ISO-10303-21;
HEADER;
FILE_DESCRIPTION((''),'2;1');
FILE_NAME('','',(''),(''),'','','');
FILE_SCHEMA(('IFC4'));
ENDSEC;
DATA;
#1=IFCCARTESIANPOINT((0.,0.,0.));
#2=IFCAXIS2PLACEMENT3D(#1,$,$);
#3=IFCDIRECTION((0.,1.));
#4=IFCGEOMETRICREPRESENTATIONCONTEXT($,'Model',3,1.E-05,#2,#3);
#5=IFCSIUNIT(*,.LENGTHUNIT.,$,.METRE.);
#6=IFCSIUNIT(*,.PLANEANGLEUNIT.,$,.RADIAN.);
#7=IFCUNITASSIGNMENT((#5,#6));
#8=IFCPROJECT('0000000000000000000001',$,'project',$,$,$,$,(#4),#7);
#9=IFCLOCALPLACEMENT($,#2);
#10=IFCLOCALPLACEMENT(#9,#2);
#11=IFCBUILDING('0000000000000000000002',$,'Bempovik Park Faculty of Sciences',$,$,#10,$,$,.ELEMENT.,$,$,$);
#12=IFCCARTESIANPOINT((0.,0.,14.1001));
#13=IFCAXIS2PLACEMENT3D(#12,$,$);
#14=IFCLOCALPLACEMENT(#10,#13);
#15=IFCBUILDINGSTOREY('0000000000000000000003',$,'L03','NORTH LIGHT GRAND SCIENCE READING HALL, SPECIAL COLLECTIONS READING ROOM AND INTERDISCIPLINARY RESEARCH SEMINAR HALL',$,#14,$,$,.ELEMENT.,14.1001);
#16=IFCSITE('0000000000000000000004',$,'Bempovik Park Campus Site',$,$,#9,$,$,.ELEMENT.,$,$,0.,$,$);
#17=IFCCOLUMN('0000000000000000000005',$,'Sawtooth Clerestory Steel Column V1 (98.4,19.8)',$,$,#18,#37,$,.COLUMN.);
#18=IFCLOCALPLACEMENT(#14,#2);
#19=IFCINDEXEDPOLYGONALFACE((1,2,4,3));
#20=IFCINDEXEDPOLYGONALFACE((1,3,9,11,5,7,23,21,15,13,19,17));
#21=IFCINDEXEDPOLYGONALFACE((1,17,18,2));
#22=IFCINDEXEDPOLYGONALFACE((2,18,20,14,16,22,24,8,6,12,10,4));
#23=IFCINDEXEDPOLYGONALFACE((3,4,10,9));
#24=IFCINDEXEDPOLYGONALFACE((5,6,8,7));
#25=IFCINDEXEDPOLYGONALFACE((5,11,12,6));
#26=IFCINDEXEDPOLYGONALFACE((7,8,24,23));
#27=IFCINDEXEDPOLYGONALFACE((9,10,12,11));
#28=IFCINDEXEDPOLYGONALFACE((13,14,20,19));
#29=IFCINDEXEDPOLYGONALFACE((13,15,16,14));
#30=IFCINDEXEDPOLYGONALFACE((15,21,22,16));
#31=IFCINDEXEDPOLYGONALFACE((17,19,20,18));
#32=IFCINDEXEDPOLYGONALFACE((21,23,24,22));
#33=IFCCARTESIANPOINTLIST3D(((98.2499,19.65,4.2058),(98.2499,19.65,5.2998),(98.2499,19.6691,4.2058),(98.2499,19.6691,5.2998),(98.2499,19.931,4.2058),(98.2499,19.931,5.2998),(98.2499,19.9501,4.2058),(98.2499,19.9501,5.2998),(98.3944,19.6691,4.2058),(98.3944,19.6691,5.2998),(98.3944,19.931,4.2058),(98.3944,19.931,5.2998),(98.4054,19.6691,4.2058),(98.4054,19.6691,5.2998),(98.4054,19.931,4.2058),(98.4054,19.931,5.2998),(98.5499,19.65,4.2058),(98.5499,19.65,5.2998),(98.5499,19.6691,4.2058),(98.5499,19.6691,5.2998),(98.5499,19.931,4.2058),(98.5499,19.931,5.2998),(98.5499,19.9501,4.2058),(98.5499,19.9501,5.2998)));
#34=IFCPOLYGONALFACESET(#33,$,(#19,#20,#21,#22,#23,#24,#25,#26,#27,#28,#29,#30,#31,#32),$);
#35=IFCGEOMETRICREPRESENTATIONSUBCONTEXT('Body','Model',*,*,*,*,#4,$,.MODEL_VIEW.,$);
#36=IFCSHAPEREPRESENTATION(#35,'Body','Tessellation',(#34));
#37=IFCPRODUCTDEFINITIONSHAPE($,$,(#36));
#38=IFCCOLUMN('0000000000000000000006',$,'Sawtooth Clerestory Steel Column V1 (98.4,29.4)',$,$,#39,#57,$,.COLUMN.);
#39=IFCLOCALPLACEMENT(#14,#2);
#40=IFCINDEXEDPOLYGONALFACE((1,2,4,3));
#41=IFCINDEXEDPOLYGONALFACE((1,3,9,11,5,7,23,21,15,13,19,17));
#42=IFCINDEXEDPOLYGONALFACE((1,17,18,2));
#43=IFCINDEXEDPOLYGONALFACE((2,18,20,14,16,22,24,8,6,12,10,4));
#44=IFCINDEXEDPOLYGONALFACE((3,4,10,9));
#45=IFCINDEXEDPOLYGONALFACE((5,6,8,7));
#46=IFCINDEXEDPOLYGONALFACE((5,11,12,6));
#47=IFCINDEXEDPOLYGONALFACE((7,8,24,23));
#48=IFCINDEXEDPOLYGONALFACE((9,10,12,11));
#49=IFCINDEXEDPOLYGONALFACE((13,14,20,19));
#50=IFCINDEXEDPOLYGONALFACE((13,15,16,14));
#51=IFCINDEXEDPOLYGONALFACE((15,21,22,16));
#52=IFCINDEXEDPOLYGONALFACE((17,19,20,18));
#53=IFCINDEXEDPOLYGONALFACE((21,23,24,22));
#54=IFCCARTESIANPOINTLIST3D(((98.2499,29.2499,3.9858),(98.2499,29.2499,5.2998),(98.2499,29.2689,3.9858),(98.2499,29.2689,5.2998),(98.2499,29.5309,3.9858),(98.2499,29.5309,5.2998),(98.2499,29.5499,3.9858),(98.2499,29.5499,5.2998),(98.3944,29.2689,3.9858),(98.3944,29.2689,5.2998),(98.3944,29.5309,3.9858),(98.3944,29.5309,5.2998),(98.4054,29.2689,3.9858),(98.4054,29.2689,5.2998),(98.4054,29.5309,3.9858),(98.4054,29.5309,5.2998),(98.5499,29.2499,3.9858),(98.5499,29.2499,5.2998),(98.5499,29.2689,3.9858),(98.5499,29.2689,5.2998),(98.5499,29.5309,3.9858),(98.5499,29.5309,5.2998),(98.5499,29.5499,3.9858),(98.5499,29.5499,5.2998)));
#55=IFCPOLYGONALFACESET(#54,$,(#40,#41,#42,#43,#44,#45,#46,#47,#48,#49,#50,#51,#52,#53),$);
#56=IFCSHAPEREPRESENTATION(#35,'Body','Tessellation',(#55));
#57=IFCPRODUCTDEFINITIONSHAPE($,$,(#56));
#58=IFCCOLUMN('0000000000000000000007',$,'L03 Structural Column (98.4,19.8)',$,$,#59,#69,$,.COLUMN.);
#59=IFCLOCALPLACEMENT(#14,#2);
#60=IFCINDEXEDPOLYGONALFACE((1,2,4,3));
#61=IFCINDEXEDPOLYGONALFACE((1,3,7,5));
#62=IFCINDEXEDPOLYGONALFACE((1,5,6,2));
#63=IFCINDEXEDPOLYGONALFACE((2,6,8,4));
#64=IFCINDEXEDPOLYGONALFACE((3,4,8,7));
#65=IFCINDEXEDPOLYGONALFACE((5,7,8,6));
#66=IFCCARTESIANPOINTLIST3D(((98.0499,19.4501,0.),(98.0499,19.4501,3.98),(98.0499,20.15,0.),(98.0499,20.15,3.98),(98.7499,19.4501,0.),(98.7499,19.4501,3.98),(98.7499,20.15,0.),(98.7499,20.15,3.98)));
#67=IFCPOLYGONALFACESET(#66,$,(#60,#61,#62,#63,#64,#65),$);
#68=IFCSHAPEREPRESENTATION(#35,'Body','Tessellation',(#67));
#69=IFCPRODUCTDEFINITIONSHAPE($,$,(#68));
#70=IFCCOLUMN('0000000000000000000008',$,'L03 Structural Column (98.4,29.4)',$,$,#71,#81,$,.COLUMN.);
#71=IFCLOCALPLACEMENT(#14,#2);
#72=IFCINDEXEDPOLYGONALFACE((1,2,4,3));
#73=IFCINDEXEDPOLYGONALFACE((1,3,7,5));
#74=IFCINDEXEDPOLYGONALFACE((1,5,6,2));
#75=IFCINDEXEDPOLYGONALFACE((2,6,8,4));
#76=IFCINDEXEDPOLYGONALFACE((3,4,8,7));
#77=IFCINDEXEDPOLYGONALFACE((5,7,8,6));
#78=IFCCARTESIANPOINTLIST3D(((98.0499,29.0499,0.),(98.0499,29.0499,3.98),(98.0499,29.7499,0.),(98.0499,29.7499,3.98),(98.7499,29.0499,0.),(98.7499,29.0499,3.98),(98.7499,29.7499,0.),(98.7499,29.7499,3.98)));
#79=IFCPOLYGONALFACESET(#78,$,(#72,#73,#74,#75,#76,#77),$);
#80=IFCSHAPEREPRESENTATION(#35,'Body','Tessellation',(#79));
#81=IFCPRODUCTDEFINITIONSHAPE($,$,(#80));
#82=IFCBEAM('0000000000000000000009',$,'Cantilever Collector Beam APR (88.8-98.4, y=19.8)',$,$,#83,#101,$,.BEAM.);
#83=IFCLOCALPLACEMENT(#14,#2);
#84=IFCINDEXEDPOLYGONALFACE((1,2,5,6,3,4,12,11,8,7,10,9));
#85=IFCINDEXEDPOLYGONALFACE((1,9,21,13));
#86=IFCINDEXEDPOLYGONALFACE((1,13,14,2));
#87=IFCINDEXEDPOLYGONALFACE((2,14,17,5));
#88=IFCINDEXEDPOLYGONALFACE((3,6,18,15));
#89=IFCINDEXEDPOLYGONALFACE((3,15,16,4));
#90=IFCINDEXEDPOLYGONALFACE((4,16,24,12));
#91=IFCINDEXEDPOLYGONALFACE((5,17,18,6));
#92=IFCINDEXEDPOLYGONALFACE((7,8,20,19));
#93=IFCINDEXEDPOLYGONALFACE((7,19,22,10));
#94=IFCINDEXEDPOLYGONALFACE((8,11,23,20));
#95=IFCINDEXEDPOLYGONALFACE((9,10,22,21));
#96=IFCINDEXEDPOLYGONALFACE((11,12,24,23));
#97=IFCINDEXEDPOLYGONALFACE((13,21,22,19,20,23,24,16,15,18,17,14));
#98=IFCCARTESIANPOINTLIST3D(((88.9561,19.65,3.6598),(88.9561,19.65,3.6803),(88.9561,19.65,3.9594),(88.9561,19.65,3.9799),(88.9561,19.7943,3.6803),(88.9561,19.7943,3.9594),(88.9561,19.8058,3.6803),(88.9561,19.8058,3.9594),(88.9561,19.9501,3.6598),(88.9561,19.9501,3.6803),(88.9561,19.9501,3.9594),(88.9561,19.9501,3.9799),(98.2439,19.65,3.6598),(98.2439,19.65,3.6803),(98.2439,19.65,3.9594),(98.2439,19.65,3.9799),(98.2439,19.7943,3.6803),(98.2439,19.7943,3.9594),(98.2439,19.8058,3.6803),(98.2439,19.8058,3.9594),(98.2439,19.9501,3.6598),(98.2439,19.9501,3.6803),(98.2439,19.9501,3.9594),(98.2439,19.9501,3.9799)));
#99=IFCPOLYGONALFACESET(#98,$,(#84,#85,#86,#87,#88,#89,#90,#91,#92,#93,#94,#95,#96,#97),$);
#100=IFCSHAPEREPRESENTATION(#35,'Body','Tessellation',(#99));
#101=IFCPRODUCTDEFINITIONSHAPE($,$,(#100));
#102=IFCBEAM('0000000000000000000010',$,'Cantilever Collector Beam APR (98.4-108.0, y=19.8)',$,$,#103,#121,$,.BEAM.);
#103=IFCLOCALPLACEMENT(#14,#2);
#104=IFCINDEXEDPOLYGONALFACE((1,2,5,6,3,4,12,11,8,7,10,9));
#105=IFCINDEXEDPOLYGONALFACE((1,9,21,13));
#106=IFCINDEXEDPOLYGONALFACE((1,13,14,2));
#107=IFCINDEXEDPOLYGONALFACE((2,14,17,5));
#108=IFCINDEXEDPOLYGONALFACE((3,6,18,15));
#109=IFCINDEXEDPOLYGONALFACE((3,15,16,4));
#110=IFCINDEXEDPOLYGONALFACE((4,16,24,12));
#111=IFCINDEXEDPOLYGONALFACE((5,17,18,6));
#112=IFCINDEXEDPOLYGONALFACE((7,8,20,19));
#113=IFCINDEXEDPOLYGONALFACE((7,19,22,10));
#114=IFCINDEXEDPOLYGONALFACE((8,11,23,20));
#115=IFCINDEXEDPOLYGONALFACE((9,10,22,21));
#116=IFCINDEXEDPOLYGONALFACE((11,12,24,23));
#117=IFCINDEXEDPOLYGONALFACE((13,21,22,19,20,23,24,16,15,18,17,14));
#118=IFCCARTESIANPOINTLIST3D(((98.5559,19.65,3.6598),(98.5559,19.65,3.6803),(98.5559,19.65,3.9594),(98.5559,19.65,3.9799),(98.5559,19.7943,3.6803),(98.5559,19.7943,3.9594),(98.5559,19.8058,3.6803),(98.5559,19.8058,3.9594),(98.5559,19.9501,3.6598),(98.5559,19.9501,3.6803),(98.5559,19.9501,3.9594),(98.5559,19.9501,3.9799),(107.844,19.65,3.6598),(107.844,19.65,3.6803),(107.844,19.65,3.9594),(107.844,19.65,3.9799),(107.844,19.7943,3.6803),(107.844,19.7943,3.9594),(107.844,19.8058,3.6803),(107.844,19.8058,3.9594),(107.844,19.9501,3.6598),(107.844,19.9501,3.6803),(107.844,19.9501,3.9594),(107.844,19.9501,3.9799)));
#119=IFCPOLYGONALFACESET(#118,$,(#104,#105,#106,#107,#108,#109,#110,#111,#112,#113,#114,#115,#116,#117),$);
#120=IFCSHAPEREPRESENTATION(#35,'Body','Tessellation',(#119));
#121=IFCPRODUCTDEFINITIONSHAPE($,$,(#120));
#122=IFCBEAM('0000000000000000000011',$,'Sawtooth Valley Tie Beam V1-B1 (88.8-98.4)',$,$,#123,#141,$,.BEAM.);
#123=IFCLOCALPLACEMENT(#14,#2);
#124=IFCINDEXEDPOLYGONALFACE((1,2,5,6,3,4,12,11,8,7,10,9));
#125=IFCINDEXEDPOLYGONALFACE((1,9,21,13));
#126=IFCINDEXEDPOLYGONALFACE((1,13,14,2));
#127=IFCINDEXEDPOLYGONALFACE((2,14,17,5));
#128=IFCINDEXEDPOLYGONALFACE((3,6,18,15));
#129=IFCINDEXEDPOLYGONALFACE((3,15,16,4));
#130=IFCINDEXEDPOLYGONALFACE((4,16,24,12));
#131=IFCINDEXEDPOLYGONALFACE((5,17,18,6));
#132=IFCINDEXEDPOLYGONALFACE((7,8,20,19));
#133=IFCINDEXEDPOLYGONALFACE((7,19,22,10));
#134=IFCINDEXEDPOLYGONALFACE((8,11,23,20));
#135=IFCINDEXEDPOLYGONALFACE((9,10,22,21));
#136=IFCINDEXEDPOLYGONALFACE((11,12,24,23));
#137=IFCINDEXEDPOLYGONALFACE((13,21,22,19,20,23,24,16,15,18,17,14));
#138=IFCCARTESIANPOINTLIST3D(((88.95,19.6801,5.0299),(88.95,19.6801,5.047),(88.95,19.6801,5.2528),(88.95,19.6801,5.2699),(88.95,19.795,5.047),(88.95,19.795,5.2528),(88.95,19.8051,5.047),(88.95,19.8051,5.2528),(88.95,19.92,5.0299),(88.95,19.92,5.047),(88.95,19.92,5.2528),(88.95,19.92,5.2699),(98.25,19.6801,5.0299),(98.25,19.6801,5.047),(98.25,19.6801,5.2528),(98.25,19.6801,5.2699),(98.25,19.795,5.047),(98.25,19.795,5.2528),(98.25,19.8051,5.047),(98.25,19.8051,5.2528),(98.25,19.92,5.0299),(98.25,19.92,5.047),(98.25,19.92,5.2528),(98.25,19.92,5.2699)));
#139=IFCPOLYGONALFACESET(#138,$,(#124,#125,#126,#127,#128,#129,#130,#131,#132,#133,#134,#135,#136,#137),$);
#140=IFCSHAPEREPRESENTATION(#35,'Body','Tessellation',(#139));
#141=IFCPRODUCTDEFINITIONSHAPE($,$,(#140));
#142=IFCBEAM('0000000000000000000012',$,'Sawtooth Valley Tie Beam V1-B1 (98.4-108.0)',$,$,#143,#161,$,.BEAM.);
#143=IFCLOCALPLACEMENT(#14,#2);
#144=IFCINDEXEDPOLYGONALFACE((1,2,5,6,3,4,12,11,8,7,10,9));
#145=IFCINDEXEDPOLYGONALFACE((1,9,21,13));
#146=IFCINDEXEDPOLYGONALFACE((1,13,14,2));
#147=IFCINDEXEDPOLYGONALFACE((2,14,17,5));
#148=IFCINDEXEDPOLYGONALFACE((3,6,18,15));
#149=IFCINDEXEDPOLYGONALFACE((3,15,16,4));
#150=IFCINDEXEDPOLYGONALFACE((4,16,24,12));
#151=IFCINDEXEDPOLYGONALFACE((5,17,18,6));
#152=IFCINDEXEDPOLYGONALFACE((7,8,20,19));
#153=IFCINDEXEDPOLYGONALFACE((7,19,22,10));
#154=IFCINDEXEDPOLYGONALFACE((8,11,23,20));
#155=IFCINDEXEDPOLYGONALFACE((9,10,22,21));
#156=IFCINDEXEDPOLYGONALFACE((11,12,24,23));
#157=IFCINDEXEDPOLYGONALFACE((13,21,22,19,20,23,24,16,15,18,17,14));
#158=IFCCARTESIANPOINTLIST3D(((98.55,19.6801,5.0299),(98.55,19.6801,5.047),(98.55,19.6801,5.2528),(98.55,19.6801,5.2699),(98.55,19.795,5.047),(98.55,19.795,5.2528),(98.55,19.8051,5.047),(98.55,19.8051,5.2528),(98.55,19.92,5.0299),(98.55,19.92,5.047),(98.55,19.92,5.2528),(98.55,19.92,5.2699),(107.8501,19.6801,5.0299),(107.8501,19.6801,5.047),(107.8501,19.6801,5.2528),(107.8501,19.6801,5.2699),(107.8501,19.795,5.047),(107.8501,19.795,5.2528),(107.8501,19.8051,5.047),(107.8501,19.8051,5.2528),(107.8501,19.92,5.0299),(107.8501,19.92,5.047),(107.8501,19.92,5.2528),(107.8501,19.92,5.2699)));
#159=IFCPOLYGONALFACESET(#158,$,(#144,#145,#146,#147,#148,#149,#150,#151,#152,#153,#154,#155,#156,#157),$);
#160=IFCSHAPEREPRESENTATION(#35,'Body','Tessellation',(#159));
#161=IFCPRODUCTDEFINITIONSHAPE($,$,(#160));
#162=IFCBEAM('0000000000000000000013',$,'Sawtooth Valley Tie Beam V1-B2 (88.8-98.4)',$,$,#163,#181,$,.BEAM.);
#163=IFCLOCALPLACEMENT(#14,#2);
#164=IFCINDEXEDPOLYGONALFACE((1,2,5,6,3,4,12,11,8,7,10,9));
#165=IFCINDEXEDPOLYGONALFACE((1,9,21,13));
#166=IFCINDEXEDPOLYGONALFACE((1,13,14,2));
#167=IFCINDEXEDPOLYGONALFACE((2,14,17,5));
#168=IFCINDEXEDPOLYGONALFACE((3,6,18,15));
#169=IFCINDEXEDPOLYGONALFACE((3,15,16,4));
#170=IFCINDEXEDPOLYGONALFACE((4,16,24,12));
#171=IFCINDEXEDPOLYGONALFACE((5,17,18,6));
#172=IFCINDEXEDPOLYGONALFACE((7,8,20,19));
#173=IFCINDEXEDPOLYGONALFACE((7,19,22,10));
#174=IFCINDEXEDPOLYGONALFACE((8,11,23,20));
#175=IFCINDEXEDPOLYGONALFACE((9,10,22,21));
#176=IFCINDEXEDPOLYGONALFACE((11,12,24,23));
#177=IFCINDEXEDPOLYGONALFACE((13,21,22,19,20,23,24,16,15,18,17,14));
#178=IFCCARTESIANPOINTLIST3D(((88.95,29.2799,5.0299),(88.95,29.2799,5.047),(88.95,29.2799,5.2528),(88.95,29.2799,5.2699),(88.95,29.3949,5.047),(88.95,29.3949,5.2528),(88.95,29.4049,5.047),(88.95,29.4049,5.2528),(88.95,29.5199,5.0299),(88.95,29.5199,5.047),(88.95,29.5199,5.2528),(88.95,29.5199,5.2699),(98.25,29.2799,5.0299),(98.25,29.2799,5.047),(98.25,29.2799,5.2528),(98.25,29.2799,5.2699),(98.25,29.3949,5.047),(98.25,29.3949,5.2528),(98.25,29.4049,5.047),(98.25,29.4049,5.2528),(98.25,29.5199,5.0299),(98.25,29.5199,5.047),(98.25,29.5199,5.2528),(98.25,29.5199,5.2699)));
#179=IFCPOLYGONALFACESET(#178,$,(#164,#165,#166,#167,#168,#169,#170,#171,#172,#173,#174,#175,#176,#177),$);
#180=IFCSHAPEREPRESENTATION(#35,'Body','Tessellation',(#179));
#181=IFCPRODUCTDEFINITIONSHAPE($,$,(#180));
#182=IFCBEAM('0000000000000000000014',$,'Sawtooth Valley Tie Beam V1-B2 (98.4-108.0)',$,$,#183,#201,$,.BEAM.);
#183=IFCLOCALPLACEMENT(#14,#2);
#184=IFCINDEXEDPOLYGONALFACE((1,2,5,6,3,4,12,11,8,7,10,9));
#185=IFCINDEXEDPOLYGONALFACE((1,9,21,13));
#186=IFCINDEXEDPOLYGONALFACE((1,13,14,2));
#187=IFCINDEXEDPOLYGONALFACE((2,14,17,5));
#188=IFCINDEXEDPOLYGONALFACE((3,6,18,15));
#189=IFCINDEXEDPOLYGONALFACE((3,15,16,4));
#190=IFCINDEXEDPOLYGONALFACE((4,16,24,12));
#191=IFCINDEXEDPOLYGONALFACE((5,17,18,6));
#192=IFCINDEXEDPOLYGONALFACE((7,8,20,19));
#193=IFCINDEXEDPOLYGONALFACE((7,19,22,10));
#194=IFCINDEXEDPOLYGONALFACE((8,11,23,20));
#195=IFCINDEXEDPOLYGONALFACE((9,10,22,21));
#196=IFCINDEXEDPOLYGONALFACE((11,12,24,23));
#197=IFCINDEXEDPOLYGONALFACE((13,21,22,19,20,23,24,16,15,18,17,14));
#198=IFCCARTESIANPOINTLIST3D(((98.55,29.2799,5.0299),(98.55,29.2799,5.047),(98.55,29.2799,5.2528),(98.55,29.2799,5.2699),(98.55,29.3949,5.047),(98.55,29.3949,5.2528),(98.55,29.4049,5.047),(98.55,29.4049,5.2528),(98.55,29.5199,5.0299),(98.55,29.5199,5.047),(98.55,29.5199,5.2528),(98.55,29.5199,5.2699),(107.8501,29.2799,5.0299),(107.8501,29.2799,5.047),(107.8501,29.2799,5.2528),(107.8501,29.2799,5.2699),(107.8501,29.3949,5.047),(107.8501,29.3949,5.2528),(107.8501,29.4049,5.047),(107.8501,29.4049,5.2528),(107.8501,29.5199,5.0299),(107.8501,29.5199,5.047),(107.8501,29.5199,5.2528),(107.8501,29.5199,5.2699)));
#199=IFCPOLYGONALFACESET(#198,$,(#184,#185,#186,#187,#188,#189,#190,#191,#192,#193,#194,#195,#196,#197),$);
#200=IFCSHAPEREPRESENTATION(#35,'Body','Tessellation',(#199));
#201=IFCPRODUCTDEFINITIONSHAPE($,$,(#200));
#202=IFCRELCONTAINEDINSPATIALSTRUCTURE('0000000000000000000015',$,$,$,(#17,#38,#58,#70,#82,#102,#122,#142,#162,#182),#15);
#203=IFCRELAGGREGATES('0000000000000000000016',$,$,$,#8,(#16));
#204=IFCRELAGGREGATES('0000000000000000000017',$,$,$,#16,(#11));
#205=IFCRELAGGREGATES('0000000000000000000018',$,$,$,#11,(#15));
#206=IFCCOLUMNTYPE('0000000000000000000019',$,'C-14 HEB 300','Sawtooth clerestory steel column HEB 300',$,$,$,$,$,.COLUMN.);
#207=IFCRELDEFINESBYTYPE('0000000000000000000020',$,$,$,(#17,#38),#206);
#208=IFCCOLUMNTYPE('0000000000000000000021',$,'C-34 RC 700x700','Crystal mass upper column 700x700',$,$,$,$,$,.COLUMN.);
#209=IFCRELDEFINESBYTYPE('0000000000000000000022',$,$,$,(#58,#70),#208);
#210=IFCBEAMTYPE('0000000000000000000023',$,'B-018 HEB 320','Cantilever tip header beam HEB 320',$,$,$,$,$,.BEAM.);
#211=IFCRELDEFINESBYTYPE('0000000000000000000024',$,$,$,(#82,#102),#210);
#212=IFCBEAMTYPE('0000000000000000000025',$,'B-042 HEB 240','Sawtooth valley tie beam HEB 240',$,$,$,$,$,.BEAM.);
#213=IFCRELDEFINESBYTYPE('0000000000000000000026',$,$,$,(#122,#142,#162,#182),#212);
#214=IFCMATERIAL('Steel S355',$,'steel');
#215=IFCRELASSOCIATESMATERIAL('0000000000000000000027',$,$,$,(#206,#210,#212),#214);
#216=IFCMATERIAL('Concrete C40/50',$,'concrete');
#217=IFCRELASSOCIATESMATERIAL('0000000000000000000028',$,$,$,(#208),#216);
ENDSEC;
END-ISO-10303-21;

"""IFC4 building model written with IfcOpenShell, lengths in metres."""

from ifc_helpers import new_model, si_unit, direction, frame, origin, origin_2d, place, context, subcontext, project, spatial, rectangle, i_section, extrude, material, material_profile, profile_set, type_object, element, save


model = new_model("IFC4")

# Units and contexts
model_context = context("Model", 3, precision=1e-05, world=origin(), true_north=direction((0.0, 1.0)))
body_context = subcontext(model_context, "Body", "Model", "MODEL_VIEW")
ifc_project = project(units=[si_unit("LENGTHUNIT", "METRE"), si_unit("PLANEANGLEUNIT", "RADIAN")], contexts=[model_context])

# Site, building, storey
site_placement = place(None, origin())
site = spatial("IfcSite", under=ifc_project, at=site_placement, Name="Bempovik Park Campus Site", CompositionType="ELEMENT", RefElevation=0.0)
building_placement = place(site_placement, origin())
building = spatial("IfcBuilding", under=site, at=building_placement, Name="Bempovik Park Faculty of Sciences", CompositionType="ELEMENT")
storey_placement = place(building_placement, frame((0.0, 0.0, 14.1001)))
storey = spatial("IfcBuildingStorey", under=building, at=storey_placement, Name="L03", Description="NORTH LIGHT GRAND SCIENCE READING HALL, SPECIAL COLLECTIONS READING ROOM AND INTERDISCIPLINARY RESEARCH SEMINAR HALL", CompositionType="ELEMENT", Elevation=14.1001)

# Columns
ifc_material_1 = material(Name="Steel S355", Category="steel")
ifc_material_profile_1 = material_profile(ifc_material_1, i_section(OverallWidth=0.3, OverallDepth=0.3, WebThickness=0.011, FlangeThickness=0.019, at=origin_2d()), Name="HEB 300")
ifc_profile_set_1 = profile_set([ifc_material_profile_1], Name="Steel S355")
column_type_1 = type_object("IfcColumnType", Name="C-14 HEB 300", Description="Sawtooth clerestory steel column HEB 300", PredefinedType="COLUMN", material=ifc_profile_set_1)
column_1_placement = place(storey_placement, frame((98.3999, 19.8, 4.2058), z_axis=(0.0, 0.0, 1.0), x_axis=(1.0, 0.0, 0.0)))
element("IfcColumn", 1, at=column_1_placement, inside=storey, type_object=column_type_1, Name="Sawtooth Clerestory Steel Column V1 (98.4,19.8)", PredefinedType="COLUMN", context=body_context, shape_type="SweptSolid", body=[
    extrude(i_section(OverallWidth=0.3, OverallDepth=0.3, WebThickness=0.011, FlangeThickness=0.019, at=origin_2d()), origin(), (0.0, 0.0, 1.0), 1.094),
])
column_2_placement = place(storey_placement, frame((98.3999, 29.3999, 3.9858), z_axis=(0.0, 0.0, 1.0), x_axis=(1.0, 0.0, 0.0)))
element("IfcColumn", 2, at=column_2_placement, inside=storey, type_object=column_type_1, Name="Sawtooth Clerestory Steel Column V1 (98.4,29.4)", PredefinedType="COLUMN", context=body_context, shape_type="SweptSolid", body=[
    extrude(i_section(OverallWidth=0.3, OverallDepth=0.3, WebThickness=0.011, FlangeThickness=0.019, at=origin_2d()), origin(), (0.0, 0.0, 1.0), 1.314),
])
ifc_material_2 = material(Name="Concrete C40/50", Category="concrete")
ifc_material_profile_2 = material_profile(ifc_material_2, rectangle(XDim=0.7, YDim=0.7, at=origin_2d()), Name="RC 700x700")
ifc_profile_set_2 = profile_set([ifc_material_profile_2], Name="Concrete C40/50")
column_type_2 = type_object("IfcColumnType", Name="C-34 RC 700x700", Description="Crystal mass upper column 700x700", PredefinedType="COLUMN", material=ifc_profile_set_2)
for number, where, z_axis, x_axis, name in (
    (3, (98.3999, 19.8, 0.0), (0.0, 0.0, 1.0), (1.0, 0.0, 0.0), "L03 Structural Column (98.4,19.8)"),
    (4, (98.3999, 29.3999, 0.0), (0.0, 0.0, 1.0), (1.0, 0.0, 0.0), "L03 Structural Column (98.4,29.4)"),
):
    element("IfcColumn", number, at=place(storey_placement, frame(where, z_axis=z_axis, x_axis=x_axis)), inside=storey, type_object=column_type_2, Name=name, PredefinedType="COLUMN", context=body_context, shape_type="SweptSolid", body=[
        extrude(rectangle(XDim=0.7, YDim=0.7, at=origin_2d()), origin(), (0.0, 0.0, 1.0), 3.98),
    ])

# Beams
ifc_material_profile_3 = material_profile(ifc_material_1, i_section(OverallWidth=0.3, OverallDepth=0.3201, WebThickness=0.0115, FlangeThickness=0.0205, at=origin_2d()), Name="HEB 320")
ifc_profile_set_3 = profile_set([ifc_material_profile_3], Name="Steel S355")
beam_type_1 = type_object("IfcBeamType", Name="B-018 HEB 320", Description="Cantilever tip header beam HEB 320", PredefinedType="BEAM", material=ifc_profile_set_3)
beam_1_placement = place(storey_placement, frame((88.9561, 19.8, 3.8198), z_axis=(1.0, 0.0, 0.0), x_axis=(0.0, 1.0, 0.0)))
element("IfcBeam", 5, at=beam_1_placement, inside=storey, type_object=beam_type_1, Name="Cantilever Collector Beam APR (88.8-98.4, y=19.8)", PredefinedType="BEAM", context=body_context, shape_type="SweptSolid", body=[
    extrude(i_section(OverallWidth=0.3, OverallDepth=0.3201, WebThickness=0.0115, FlangeThickness=0.0205, at=origin_2d()), origin(), (0.0, 0.0, 1.0), 9.2878),
])
beam_2_placement = place(storey_placement, frame((98.5559, 19.8, 3.8198), z_axis=(1.0, 0.0, 0.0), x_axis=(0.0, 1.0, 0.0)))
element("IfcBeam", 6, at=beam_2_placement, inside=storey, type_object=beam_type_1, Name="Cantilever Collector Beam APR (98.4-108.0, y=19.8)", PredefinedType="BEAM", context=body_context, shape_type="SweptSolid", body=[
    extrude(i_section(OverallWidth=0.3, OverallDepth=0.3201, WebThickness=0.0115, FlangeThickness=0.0205, at=origin_2d()), origin(), (0.0, 0.0, 1.0), 9.2881),
])
ifc_material_profile_4 = material_profile(ifc_material_1, i_section(OverallWidth=0.24, OverallDepth=0.24, WebThickness=0.01, FlangeThickness=0.0171, at=origin_2d()), Name="HEB 240")
ifc_profile_set_4 = profile_set([ifc_material_profile_4], Name="Steel S355")
beam_type_2 = type_object("IfcBeamType", Name="B-042 HEB 240", Description="Sawtooth valley tie beam HEB 240", PredefinedType="BEAM", material=ifc_profile_set_4)
for number, where, z_axis, x_axis, name in (
    (7, (88.95, 19.8, 5.1499), (1.0, 0.0, 0.0), (0.0, 1.0, 0.0), "Sawtooth Valley Tie Beam V1-B1 (88.8-98.4)"),
    (8, (98.55, 19.8, 5.1499), (1.0, 0.0, 0.0), (0.0, 1.0, 0.0), "Sawtooth Valley Tie Beam V1-B1 (98.4-108.0)"),
    (9, (88.95, 29.3999, 5.1499), (1.0, 0.0, 0.0), (0.0, 1.0, 0.0), "Sawtooth Valley Tie Beam V1-B2 (88.8-98.4)"),
    (10, (98.55, 29.3999, 5.1499), (1.0, 0.0, 0.0), (0.0, 1.0, 0.0), "Sawtooth Valley Tie Beam V1-B2 (98.4-108.0)"),
):
    element("IfcBeam", number, at=place(storey_placement, frame(where, z_axis=z_axis, x_axis=x_axis)), inside=storey, type_object=beam_type_2, Name=name, PredefinedType="BEAM", context=body_context, shape_type="SweptSolid", body=[
        extrude(i_section(OverallWidth=0.24, OverallDepth=0.24, WebThickness=0.01, FlangeThickness=0.0171, at=origin_2d()), origin(), (0.0, 0.0, 1.0), 9.3),
    ])

save(model, "model.ifc")
